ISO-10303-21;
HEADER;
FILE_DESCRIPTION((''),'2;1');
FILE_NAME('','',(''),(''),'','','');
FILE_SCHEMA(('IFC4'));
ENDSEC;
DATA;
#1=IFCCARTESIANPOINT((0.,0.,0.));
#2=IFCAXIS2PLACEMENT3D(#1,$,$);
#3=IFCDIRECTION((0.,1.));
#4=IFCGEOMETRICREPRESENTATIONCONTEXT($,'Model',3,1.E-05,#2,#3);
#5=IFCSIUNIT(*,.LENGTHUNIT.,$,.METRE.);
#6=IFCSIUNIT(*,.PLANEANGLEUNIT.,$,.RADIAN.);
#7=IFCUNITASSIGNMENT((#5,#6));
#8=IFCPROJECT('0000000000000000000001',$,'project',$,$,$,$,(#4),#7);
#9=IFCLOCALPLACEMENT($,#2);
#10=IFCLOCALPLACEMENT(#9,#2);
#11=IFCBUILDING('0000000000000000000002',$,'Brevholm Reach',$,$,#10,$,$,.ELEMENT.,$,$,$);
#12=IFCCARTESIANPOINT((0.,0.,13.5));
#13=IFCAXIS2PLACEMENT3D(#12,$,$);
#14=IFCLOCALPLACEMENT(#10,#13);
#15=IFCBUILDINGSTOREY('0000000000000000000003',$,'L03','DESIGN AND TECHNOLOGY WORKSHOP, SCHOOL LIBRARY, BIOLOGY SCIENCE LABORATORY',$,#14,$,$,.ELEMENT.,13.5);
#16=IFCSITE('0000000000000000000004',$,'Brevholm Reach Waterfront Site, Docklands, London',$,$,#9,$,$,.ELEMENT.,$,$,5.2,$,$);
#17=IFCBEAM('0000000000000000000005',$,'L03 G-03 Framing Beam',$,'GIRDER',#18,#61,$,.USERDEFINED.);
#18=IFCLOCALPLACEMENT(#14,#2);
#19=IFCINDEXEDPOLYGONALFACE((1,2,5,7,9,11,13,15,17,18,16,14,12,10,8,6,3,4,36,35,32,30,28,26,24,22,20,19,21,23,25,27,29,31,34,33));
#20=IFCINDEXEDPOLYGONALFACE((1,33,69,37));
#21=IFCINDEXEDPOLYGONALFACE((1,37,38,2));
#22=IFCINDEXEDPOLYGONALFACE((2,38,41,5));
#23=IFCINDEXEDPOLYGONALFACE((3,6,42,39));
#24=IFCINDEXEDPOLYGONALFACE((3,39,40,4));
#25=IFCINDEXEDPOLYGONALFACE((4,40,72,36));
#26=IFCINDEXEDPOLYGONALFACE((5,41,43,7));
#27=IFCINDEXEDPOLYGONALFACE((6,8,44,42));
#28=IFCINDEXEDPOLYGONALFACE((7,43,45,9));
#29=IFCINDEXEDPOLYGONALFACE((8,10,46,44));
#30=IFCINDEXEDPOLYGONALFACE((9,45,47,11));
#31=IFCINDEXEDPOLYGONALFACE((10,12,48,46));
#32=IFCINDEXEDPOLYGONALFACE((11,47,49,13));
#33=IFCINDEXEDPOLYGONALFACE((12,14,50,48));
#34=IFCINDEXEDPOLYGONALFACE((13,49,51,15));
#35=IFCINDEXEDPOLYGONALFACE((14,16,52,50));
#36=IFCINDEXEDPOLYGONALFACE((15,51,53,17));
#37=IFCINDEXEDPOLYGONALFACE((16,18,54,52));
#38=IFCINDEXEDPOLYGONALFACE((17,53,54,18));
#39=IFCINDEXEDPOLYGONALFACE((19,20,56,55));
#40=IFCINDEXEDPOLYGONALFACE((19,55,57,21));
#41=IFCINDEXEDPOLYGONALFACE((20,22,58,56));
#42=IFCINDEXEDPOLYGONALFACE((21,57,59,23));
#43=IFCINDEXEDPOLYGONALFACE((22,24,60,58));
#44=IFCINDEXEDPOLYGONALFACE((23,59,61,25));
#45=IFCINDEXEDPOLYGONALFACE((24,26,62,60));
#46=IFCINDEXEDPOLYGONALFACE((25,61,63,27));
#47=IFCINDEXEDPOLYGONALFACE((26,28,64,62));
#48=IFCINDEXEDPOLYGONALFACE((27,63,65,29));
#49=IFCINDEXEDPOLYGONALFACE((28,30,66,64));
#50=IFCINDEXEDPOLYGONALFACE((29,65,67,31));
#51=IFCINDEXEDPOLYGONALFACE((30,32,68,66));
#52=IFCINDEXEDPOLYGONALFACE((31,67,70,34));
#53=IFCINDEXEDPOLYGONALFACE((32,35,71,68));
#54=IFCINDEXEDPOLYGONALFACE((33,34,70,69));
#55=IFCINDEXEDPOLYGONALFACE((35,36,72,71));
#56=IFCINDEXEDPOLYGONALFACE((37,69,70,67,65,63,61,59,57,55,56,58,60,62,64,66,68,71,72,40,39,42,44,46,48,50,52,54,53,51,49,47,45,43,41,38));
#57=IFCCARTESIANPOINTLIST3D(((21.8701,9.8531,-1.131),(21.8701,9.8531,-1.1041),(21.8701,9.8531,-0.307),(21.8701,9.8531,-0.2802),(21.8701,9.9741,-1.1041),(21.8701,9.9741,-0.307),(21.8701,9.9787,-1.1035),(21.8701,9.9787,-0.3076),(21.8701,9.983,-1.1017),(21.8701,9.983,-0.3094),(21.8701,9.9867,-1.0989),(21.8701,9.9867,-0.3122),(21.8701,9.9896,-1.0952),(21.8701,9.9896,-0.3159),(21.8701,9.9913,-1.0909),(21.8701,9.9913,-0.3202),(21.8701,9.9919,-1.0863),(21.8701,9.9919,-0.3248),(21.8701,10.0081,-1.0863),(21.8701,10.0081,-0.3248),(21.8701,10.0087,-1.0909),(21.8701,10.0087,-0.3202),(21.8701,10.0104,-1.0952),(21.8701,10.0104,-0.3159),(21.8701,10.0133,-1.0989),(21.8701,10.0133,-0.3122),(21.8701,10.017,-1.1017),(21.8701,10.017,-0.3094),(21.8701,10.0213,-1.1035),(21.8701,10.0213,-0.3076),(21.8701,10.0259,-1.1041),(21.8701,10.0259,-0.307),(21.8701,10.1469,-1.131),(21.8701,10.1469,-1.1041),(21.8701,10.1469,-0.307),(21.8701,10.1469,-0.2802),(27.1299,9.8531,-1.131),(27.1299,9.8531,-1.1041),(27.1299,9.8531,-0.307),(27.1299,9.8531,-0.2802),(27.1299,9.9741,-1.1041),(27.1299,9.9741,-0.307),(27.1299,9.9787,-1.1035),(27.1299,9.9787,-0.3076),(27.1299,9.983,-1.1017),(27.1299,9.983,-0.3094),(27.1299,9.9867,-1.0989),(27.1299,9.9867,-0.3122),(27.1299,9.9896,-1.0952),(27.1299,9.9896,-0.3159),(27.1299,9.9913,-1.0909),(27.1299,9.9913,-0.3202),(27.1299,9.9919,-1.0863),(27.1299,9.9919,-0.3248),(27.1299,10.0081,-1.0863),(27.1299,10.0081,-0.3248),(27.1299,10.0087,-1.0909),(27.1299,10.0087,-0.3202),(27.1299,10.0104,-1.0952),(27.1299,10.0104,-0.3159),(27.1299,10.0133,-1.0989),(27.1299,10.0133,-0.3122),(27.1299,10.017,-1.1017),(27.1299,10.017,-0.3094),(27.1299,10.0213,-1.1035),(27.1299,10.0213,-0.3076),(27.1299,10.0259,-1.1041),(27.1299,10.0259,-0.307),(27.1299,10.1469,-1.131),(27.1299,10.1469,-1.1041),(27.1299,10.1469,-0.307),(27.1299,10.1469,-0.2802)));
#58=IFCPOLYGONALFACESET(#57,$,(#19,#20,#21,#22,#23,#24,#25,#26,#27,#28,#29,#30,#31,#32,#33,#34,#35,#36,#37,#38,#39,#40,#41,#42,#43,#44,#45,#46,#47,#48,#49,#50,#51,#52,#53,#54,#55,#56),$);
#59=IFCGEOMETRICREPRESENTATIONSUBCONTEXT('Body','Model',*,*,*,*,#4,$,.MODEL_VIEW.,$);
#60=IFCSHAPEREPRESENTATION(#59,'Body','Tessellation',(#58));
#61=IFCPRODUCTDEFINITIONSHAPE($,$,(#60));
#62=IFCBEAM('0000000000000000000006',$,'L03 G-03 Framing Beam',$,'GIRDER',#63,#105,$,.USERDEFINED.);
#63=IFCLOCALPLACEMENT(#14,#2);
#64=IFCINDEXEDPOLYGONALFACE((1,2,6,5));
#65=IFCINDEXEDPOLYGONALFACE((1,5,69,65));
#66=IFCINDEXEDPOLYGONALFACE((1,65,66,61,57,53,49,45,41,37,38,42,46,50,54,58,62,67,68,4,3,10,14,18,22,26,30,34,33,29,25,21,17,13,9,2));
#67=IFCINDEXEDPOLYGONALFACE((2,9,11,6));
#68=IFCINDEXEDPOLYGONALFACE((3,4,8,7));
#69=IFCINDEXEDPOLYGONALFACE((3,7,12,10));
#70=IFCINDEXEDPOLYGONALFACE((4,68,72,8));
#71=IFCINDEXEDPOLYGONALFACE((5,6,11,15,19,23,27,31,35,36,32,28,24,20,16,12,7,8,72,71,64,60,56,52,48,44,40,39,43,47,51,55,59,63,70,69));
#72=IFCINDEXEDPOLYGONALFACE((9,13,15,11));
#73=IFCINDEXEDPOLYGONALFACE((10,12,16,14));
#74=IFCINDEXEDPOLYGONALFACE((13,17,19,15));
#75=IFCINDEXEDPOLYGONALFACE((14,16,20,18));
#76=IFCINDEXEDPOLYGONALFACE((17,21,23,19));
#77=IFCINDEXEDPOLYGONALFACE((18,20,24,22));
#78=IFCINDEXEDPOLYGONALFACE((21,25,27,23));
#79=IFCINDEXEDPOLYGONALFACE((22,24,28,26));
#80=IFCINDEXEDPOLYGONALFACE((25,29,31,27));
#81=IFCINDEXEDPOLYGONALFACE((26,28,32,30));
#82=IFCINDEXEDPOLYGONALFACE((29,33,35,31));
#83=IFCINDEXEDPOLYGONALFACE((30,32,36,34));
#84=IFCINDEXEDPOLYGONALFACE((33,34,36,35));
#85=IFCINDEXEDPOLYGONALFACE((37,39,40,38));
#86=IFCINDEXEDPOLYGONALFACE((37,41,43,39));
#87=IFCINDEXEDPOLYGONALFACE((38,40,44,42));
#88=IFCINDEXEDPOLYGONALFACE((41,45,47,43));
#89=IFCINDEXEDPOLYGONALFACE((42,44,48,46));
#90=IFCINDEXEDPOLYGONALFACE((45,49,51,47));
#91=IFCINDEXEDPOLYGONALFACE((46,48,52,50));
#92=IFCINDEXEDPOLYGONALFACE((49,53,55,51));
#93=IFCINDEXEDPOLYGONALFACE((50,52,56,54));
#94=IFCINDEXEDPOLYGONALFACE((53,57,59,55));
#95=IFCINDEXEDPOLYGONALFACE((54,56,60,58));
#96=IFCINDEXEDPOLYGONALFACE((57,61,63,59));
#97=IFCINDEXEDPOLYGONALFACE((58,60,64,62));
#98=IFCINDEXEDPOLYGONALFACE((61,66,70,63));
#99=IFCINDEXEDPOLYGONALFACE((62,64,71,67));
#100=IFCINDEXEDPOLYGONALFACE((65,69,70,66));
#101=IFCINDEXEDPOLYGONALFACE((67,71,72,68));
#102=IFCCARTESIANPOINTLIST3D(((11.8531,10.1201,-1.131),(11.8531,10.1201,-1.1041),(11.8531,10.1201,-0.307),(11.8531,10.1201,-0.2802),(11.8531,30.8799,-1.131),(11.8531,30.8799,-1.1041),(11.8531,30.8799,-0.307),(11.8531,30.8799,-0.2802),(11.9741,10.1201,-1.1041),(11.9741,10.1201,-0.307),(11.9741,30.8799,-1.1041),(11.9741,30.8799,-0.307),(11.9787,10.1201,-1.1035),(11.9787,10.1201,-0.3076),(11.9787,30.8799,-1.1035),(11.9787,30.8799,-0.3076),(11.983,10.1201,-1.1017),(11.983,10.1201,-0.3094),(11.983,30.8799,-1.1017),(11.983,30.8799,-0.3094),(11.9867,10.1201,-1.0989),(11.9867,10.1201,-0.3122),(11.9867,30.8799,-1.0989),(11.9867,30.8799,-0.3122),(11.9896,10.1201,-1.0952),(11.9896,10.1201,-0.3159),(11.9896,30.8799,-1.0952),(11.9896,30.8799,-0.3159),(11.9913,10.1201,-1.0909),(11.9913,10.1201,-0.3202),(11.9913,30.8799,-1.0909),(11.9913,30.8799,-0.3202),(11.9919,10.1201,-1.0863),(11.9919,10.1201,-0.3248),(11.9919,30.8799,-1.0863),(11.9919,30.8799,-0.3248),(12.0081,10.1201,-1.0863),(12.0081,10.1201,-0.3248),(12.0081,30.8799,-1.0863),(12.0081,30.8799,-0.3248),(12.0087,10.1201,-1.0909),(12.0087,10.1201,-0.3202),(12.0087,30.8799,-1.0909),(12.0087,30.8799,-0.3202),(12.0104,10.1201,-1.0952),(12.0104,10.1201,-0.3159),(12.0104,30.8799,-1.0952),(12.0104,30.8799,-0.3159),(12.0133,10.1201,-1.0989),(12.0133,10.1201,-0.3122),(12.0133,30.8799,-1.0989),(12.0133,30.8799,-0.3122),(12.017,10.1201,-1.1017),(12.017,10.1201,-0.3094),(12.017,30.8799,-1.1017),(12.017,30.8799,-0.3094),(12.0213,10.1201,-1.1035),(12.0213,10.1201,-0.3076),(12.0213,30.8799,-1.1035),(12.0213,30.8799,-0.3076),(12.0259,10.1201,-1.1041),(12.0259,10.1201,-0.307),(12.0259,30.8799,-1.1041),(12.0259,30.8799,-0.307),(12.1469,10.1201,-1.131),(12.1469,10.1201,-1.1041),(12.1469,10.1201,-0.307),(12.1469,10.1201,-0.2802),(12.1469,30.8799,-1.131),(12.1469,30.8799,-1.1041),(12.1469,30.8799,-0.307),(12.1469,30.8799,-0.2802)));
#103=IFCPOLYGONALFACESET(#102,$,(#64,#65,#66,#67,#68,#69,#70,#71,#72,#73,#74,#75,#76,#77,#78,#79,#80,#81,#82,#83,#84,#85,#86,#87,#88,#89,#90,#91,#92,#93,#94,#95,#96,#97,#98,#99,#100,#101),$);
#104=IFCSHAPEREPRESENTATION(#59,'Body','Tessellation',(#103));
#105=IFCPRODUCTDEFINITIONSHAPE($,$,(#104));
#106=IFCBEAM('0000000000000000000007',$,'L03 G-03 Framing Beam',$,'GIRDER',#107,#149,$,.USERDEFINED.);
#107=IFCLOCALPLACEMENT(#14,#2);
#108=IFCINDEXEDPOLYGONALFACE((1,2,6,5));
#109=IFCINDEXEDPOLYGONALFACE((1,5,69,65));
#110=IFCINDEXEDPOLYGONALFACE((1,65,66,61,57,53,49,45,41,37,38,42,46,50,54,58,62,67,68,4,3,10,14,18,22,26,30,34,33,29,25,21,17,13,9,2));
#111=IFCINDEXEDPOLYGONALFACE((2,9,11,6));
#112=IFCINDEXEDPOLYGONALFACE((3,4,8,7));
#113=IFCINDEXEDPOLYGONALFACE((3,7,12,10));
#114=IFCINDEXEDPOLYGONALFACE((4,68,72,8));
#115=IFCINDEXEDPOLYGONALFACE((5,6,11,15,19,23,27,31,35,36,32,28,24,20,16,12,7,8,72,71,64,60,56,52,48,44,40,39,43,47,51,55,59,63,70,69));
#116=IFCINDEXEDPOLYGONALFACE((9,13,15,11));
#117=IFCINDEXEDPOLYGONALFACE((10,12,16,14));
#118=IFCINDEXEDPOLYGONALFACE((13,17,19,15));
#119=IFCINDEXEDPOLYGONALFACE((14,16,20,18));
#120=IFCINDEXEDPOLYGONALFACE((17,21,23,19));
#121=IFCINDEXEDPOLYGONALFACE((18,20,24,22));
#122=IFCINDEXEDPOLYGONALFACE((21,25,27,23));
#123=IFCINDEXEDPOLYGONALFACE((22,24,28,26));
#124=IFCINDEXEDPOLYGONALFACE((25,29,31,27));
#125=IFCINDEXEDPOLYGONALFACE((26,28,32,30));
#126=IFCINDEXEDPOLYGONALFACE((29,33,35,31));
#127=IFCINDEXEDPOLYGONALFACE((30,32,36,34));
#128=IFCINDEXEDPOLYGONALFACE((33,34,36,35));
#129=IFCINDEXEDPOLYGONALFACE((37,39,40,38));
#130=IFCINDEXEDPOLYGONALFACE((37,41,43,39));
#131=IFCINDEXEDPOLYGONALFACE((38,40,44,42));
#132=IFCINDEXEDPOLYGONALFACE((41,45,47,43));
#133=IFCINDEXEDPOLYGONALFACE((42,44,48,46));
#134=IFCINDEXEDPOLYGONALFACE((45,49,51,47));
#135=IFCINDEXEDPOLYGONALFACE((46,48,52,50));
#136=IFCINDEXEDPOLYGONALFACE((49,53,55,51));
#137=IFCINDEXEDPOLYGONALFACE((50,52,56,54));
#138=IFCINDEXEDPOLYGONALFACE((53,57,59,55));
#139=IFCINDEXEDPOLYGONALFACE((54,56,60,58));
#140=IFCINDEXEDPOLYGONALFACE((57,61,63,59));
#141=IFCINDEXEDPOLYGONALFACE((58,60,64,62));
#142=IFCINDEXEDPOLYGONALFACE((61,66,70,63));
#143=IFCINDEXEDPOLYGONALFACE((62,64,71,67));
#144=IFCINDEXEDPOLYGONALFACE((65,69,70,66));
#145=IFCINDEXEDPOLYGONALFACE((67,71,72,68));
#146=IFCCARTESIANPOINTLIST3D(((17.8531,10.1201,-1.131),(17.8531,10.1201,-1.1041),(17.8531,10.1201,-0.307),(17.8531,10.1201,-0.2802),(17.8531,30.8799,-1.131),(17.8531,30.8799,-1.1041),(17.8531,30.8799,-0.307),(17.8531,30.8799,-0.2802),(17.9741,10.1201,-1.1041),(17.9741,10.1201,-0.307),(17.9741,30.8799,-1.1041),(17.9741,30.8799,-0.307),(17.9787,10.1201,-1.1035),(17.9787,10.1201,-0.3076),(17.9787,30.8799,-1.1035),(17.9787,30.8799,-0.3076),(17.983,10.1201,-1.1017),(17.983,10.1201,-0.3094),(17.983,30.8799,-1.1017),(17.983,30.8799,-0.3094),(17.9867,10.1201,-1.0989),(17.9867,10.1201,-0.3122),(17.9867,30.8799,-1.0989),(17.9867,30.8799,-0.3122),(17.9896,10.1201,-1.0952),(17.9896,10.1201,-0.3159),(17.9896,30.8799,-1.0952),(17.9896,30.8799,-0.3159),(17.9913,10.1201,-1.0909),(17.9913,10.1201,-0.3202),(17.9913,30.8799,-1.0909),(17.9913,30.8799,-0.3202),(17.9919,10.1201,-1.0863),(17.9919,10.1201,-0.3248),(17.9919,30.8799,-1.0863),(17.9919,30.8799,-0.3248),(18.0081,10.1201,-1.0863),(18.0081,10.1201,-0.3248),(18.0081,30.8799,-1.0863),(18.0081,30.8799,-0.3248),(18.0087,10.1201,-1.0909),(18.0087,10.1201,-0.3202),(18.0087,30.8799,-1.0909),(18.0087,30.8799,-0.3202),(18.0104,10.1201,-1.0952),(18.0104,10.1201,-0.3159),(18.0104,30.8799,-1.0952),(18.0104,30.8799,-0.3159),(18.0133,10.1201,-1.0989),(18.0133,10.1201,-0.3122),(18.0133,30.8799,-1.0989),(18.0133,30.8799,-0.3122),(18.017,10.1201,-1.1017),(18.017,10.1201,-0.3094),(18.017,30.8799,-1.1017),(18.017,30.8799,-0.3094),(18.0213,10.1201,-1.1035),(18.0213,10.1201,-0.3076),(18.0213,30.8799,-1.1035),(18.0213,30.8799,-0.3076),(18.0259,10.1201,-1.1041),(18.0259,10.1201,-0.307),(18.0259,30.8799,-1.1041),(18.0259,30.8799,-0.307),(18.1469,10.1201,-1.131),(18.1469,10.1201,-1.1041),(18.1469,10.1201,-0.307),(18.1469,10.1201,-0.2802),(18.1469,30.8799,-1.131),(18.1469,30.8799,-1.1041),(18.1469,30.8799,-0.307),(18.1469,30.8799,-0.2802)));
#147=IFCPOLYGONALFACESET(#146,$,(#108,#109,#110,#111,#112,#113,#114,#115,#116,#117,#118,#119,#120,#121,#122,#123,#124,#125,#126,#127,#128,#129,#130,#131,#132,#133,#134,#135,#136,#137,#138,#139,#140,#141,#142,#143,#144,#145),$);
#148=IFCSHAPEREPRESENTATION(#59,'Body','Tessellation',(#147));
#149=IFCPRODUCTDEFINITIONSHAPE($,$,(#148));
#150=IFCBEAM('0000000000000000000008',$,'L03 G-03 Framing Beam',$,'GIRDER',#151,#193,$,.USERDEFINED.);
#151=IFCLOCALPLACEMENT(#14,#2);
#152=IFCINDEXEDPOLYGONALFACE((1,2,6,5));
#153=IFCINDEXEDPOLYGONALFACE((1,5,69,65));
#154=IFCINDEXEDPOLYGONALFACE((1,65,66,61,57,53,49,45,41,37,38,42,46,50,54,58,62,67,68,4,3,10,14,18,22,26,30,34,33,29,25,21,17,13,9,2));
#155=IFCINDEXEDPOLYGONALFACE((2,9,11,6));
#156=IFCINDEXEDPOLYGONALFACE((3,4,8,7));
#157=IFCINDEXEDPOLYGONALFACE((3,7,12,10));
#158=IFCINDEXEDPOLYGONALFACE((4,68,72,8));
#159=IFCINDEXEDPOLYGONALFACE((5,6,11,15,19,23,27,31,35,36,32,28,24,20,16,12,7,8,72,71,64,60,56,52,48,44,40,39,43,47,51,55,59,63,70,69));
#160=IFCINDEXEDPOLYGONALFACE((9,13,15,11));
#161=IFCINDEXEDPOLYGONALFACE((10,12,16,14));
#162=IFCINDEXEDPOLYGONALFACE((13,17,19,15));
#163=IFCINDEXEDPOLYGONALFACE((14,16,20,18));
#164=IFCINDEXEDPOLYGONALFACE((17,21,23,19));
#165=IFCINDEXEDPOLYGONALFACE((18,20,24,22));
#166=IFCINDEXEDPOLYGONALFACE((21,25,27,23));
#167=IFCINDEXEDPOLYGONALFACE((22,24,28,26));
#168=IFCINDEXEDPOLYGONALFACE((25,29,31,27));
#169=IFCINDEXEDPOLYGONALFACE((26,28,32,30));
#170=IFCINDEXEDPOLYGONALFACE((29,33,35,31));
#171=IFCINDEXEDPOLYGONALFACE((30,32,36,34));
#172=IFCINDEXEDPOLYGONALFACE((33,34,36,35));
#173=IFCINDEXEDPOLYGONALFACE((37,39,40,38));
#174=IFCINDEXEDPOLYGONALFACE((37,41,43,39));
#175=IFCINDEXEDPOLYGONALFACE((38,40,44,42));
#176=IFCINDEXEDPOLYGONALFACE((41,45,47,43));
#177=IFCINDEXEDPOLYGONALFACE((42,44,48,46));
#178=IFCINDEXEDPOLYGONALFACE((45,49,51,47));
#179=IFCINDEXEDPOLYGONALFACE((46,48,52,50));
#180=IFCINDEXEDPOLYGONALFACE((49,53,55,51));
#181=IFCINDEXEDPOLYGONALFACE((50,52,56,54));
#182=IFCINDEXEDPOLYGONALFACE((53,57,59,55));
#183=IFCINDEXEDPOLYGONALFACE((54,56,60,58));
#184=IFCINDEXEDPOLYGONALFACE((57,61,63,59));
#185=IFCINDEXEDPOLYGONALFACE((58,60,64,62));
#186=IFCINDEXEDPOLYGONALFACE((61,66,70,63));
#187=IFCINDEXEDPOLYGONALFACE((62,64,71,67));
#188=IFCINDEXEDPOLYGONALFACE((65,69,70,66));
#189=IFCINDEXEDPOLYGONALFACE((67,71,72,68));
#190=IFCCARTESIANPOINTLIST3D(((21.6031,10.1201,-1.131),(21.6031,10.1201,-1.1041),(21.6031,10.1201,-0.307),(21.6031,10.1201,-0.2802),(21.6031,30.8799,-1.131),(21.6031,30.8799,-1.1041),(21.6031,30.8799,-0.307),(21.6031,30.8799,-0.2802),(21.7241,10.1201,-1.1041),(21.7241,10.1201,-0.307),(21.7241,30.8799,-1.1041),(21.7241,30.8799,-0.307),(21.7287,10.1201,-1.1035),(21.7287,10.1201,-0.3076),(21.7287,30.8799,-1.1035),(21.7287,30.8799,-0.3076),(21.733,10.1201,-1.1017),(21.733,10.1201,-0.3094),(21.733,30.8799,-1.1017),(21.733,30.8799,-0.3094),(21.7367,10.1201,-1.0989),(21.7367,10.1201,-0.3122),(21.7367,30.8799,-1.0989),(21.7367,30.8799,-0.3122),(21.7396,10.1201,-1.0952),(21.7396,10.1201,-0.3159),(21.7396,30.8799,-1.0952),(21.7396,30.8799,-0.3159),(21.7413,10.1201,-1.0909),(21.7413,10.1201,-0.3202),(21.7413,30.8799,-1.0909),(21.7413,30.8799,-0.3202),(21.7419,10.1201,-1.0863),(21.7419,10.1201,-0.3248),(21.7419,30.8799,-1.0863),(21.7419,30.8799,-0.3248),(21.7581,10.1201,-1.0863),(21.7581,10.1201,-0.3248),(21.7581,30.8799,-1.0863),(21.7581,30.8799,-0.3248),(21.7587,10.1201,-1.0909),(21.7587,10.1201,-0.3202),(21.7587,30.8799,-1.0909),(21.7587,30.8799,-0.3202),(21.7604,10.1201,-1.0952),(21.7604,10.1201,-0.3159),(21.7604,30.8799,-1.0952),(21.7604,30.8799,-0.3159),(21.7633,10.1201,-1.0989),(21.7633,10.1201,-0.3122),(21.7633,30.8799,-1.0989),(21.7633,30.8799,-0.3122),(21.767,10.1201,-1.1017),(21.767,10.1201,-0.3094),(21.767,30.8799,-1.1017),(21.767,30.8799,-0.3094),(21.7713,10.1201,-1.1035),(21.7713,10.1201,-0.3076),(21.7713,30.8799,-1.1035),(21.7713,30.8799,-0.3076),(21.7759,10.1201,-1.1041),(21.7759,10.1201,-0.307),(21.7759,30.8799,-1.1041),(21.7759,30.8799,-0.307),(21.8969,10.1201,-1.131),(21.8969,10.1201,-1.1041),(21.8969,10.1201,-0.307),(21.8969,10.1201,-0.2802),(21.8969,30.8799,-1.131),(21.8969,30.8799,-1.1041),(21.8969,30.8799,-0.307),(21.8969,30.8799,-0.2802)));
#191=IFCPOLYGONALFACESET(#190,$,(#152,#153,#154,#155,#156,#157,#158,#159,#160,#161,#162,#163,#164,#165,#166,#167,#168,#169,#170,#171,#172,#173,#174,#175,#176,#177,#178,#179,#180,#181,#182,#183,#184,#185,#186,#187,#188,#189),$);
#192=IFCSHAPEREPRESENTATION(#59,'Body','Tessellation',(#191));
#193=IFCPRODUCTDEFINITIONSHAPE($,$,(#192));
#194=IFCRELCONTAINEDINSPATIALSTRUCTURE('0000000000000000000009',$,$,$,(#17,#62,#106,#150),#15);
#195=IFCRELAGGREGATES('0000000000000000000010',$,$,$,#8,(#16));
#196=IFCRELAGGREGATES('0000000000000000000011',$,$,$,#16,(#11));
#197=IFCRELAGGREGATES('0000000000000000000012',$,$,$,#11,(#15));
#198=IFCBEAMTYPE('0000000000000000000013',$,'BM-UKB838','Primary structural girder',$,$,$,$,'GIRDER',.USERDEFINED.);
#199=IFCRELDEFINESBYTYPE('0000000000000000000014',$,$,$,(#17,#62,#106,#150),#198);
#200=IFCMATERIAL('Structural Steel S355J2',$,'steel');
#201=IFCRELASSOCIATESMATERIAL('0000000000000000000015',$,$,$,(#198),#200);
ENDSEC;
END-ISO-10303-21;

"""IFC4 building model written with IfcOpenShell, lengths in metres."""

from ifc_helpers import new_model, si_unit, direction, frame, origin, origin_2d, place, context, subcontext, project, spatial, i_section, extrude, material, material_profile, profile_set, type_object, element, save


model = new_model("IFC4")

# Units and contexts
model_context = context("Model", 3, precision=1e-05, world=origin(), true_north=direction((0.0, 1.0)))
body_context = subcontext(model_context, "Body", "Model", "MODEL_VIEW")
ifc_project = project(units=[si_unit("LENGTHUNIT", "METRE"), si_unit("PLANEANGLEUNIT", "RADIAN")], contexts=[model_context])

# Site, building, storey
site_placement = place(None, origin())
site = spatial("IfcSite", under=ifc_project, at=site_placement, Name="Brevholm Reach Waterfront Site, Docklands, London", CompositionType="ELEMENT", RefElevation=5.2)
building_placement = place(site_placement, origin())
building = spatial("IfcBuilding", under=site, at=building_placement, Name="Brevholm Reach", CompositionType="ELEMENT")
storey_placement = place(building_placement, frame((0.0, 0.0, 13.5)))
storey = spatial("IfcBuildingStorey", under=building, at=storey_placement, Name="L03", Description="DESIGN AND TECHNOLOGY WORKSHOP, SCHOOL LIBRARY, BIOLOGY SCIENCE LABORATORY", CompositionType="ELEMENT", Elevation=13.5)

# Beams
ifc_material_1 = material(Name="Structural Steel S355J2", Category="steel")
ifc_material_profile_1 = material_profile(ifc_material_1, i_section(OverallWidth=0.2937, OverallDepth=0.8508, WebThickness=0.0161, FlangeThickness=0.0269, FilletRadius=0.0178, at=origin_2d()), Name="UKB 838x292x226")
ifc_profile_set_1 = profile_set([ifc_material_profile_1], Name="Structural Steel S355J2")
beam_type_1 = type_object("IfcBeamType", Name="BM-UKB838", Description="Primary structural girder", ElementType="GIRDER", PredefinedType="USERDEFINED", material=ifc_profile_set_1)
beam_1_placement = place(storey_placement, frame((21.8701, 10.0, -0.7056), z_axis=(1.0, 0.0, 0.0), x_axis=(0.0, 1.0, 0.0)))
element("IfcBeam", 1, at=beam_1_placement, inside=storey, type_object=beam_type_1, Name="L03 G-03 Framing Beam", ObjectType="GIRDER", PredefinedType="USERDEFINED", context=body_context, shape_type="SweptSolid", body=[
    extrude(i_section(OverallWidth=0.2937, OverallDepth=0.8508, WebThickness=0.0161, FlangeThickness=0.0269, FilletRadius=0.0178, at=origin_2d()), origin(), (0.0, 0.0, 1.0), 5.2598),
])
for number, where, z_axis, x_axis, name in (
    (2, (12.0, 10.1201, -0.7056), (0.0, 1.0, 0.0), (-1.0, 0.0, 0.0), "L03 G-03 Framing Beam"),
    (3, (18.0, 10.1201, -0.7056), (0.0, 1.0, 0.0), (-1.0, 0.0, 0.0), "L03 G-03 Framing Beam"),
    (4, (21.75, 10.1201, -0.7056), (0.0, 1.0, 0.0), (-1.0, 0.0, 0.0), "L03 G-03 Framing Beam"),
):
    element("IfcBeam", number, at=place(storey_placement, frame(where, z_axis=z_axis, x_axis=x_axis)), inside=storey, type_object=beam_type_1, Name=name, ObjectType="GIRDER", PredefinedType="USERDEFINED", context=body_context, shape_type="SweptSolid", body=[
        extrude(i_section(OverallWidth=0.2937, OverallDepth=0.8508, WebThickness=0.0161, FlangeThickness=0.0269, FilletRadius=0.0178, at=origin_2d()), origin(), (0.0, 0.0, 1.0), 20.7598),
    ])

save(model, "model.ifc")
